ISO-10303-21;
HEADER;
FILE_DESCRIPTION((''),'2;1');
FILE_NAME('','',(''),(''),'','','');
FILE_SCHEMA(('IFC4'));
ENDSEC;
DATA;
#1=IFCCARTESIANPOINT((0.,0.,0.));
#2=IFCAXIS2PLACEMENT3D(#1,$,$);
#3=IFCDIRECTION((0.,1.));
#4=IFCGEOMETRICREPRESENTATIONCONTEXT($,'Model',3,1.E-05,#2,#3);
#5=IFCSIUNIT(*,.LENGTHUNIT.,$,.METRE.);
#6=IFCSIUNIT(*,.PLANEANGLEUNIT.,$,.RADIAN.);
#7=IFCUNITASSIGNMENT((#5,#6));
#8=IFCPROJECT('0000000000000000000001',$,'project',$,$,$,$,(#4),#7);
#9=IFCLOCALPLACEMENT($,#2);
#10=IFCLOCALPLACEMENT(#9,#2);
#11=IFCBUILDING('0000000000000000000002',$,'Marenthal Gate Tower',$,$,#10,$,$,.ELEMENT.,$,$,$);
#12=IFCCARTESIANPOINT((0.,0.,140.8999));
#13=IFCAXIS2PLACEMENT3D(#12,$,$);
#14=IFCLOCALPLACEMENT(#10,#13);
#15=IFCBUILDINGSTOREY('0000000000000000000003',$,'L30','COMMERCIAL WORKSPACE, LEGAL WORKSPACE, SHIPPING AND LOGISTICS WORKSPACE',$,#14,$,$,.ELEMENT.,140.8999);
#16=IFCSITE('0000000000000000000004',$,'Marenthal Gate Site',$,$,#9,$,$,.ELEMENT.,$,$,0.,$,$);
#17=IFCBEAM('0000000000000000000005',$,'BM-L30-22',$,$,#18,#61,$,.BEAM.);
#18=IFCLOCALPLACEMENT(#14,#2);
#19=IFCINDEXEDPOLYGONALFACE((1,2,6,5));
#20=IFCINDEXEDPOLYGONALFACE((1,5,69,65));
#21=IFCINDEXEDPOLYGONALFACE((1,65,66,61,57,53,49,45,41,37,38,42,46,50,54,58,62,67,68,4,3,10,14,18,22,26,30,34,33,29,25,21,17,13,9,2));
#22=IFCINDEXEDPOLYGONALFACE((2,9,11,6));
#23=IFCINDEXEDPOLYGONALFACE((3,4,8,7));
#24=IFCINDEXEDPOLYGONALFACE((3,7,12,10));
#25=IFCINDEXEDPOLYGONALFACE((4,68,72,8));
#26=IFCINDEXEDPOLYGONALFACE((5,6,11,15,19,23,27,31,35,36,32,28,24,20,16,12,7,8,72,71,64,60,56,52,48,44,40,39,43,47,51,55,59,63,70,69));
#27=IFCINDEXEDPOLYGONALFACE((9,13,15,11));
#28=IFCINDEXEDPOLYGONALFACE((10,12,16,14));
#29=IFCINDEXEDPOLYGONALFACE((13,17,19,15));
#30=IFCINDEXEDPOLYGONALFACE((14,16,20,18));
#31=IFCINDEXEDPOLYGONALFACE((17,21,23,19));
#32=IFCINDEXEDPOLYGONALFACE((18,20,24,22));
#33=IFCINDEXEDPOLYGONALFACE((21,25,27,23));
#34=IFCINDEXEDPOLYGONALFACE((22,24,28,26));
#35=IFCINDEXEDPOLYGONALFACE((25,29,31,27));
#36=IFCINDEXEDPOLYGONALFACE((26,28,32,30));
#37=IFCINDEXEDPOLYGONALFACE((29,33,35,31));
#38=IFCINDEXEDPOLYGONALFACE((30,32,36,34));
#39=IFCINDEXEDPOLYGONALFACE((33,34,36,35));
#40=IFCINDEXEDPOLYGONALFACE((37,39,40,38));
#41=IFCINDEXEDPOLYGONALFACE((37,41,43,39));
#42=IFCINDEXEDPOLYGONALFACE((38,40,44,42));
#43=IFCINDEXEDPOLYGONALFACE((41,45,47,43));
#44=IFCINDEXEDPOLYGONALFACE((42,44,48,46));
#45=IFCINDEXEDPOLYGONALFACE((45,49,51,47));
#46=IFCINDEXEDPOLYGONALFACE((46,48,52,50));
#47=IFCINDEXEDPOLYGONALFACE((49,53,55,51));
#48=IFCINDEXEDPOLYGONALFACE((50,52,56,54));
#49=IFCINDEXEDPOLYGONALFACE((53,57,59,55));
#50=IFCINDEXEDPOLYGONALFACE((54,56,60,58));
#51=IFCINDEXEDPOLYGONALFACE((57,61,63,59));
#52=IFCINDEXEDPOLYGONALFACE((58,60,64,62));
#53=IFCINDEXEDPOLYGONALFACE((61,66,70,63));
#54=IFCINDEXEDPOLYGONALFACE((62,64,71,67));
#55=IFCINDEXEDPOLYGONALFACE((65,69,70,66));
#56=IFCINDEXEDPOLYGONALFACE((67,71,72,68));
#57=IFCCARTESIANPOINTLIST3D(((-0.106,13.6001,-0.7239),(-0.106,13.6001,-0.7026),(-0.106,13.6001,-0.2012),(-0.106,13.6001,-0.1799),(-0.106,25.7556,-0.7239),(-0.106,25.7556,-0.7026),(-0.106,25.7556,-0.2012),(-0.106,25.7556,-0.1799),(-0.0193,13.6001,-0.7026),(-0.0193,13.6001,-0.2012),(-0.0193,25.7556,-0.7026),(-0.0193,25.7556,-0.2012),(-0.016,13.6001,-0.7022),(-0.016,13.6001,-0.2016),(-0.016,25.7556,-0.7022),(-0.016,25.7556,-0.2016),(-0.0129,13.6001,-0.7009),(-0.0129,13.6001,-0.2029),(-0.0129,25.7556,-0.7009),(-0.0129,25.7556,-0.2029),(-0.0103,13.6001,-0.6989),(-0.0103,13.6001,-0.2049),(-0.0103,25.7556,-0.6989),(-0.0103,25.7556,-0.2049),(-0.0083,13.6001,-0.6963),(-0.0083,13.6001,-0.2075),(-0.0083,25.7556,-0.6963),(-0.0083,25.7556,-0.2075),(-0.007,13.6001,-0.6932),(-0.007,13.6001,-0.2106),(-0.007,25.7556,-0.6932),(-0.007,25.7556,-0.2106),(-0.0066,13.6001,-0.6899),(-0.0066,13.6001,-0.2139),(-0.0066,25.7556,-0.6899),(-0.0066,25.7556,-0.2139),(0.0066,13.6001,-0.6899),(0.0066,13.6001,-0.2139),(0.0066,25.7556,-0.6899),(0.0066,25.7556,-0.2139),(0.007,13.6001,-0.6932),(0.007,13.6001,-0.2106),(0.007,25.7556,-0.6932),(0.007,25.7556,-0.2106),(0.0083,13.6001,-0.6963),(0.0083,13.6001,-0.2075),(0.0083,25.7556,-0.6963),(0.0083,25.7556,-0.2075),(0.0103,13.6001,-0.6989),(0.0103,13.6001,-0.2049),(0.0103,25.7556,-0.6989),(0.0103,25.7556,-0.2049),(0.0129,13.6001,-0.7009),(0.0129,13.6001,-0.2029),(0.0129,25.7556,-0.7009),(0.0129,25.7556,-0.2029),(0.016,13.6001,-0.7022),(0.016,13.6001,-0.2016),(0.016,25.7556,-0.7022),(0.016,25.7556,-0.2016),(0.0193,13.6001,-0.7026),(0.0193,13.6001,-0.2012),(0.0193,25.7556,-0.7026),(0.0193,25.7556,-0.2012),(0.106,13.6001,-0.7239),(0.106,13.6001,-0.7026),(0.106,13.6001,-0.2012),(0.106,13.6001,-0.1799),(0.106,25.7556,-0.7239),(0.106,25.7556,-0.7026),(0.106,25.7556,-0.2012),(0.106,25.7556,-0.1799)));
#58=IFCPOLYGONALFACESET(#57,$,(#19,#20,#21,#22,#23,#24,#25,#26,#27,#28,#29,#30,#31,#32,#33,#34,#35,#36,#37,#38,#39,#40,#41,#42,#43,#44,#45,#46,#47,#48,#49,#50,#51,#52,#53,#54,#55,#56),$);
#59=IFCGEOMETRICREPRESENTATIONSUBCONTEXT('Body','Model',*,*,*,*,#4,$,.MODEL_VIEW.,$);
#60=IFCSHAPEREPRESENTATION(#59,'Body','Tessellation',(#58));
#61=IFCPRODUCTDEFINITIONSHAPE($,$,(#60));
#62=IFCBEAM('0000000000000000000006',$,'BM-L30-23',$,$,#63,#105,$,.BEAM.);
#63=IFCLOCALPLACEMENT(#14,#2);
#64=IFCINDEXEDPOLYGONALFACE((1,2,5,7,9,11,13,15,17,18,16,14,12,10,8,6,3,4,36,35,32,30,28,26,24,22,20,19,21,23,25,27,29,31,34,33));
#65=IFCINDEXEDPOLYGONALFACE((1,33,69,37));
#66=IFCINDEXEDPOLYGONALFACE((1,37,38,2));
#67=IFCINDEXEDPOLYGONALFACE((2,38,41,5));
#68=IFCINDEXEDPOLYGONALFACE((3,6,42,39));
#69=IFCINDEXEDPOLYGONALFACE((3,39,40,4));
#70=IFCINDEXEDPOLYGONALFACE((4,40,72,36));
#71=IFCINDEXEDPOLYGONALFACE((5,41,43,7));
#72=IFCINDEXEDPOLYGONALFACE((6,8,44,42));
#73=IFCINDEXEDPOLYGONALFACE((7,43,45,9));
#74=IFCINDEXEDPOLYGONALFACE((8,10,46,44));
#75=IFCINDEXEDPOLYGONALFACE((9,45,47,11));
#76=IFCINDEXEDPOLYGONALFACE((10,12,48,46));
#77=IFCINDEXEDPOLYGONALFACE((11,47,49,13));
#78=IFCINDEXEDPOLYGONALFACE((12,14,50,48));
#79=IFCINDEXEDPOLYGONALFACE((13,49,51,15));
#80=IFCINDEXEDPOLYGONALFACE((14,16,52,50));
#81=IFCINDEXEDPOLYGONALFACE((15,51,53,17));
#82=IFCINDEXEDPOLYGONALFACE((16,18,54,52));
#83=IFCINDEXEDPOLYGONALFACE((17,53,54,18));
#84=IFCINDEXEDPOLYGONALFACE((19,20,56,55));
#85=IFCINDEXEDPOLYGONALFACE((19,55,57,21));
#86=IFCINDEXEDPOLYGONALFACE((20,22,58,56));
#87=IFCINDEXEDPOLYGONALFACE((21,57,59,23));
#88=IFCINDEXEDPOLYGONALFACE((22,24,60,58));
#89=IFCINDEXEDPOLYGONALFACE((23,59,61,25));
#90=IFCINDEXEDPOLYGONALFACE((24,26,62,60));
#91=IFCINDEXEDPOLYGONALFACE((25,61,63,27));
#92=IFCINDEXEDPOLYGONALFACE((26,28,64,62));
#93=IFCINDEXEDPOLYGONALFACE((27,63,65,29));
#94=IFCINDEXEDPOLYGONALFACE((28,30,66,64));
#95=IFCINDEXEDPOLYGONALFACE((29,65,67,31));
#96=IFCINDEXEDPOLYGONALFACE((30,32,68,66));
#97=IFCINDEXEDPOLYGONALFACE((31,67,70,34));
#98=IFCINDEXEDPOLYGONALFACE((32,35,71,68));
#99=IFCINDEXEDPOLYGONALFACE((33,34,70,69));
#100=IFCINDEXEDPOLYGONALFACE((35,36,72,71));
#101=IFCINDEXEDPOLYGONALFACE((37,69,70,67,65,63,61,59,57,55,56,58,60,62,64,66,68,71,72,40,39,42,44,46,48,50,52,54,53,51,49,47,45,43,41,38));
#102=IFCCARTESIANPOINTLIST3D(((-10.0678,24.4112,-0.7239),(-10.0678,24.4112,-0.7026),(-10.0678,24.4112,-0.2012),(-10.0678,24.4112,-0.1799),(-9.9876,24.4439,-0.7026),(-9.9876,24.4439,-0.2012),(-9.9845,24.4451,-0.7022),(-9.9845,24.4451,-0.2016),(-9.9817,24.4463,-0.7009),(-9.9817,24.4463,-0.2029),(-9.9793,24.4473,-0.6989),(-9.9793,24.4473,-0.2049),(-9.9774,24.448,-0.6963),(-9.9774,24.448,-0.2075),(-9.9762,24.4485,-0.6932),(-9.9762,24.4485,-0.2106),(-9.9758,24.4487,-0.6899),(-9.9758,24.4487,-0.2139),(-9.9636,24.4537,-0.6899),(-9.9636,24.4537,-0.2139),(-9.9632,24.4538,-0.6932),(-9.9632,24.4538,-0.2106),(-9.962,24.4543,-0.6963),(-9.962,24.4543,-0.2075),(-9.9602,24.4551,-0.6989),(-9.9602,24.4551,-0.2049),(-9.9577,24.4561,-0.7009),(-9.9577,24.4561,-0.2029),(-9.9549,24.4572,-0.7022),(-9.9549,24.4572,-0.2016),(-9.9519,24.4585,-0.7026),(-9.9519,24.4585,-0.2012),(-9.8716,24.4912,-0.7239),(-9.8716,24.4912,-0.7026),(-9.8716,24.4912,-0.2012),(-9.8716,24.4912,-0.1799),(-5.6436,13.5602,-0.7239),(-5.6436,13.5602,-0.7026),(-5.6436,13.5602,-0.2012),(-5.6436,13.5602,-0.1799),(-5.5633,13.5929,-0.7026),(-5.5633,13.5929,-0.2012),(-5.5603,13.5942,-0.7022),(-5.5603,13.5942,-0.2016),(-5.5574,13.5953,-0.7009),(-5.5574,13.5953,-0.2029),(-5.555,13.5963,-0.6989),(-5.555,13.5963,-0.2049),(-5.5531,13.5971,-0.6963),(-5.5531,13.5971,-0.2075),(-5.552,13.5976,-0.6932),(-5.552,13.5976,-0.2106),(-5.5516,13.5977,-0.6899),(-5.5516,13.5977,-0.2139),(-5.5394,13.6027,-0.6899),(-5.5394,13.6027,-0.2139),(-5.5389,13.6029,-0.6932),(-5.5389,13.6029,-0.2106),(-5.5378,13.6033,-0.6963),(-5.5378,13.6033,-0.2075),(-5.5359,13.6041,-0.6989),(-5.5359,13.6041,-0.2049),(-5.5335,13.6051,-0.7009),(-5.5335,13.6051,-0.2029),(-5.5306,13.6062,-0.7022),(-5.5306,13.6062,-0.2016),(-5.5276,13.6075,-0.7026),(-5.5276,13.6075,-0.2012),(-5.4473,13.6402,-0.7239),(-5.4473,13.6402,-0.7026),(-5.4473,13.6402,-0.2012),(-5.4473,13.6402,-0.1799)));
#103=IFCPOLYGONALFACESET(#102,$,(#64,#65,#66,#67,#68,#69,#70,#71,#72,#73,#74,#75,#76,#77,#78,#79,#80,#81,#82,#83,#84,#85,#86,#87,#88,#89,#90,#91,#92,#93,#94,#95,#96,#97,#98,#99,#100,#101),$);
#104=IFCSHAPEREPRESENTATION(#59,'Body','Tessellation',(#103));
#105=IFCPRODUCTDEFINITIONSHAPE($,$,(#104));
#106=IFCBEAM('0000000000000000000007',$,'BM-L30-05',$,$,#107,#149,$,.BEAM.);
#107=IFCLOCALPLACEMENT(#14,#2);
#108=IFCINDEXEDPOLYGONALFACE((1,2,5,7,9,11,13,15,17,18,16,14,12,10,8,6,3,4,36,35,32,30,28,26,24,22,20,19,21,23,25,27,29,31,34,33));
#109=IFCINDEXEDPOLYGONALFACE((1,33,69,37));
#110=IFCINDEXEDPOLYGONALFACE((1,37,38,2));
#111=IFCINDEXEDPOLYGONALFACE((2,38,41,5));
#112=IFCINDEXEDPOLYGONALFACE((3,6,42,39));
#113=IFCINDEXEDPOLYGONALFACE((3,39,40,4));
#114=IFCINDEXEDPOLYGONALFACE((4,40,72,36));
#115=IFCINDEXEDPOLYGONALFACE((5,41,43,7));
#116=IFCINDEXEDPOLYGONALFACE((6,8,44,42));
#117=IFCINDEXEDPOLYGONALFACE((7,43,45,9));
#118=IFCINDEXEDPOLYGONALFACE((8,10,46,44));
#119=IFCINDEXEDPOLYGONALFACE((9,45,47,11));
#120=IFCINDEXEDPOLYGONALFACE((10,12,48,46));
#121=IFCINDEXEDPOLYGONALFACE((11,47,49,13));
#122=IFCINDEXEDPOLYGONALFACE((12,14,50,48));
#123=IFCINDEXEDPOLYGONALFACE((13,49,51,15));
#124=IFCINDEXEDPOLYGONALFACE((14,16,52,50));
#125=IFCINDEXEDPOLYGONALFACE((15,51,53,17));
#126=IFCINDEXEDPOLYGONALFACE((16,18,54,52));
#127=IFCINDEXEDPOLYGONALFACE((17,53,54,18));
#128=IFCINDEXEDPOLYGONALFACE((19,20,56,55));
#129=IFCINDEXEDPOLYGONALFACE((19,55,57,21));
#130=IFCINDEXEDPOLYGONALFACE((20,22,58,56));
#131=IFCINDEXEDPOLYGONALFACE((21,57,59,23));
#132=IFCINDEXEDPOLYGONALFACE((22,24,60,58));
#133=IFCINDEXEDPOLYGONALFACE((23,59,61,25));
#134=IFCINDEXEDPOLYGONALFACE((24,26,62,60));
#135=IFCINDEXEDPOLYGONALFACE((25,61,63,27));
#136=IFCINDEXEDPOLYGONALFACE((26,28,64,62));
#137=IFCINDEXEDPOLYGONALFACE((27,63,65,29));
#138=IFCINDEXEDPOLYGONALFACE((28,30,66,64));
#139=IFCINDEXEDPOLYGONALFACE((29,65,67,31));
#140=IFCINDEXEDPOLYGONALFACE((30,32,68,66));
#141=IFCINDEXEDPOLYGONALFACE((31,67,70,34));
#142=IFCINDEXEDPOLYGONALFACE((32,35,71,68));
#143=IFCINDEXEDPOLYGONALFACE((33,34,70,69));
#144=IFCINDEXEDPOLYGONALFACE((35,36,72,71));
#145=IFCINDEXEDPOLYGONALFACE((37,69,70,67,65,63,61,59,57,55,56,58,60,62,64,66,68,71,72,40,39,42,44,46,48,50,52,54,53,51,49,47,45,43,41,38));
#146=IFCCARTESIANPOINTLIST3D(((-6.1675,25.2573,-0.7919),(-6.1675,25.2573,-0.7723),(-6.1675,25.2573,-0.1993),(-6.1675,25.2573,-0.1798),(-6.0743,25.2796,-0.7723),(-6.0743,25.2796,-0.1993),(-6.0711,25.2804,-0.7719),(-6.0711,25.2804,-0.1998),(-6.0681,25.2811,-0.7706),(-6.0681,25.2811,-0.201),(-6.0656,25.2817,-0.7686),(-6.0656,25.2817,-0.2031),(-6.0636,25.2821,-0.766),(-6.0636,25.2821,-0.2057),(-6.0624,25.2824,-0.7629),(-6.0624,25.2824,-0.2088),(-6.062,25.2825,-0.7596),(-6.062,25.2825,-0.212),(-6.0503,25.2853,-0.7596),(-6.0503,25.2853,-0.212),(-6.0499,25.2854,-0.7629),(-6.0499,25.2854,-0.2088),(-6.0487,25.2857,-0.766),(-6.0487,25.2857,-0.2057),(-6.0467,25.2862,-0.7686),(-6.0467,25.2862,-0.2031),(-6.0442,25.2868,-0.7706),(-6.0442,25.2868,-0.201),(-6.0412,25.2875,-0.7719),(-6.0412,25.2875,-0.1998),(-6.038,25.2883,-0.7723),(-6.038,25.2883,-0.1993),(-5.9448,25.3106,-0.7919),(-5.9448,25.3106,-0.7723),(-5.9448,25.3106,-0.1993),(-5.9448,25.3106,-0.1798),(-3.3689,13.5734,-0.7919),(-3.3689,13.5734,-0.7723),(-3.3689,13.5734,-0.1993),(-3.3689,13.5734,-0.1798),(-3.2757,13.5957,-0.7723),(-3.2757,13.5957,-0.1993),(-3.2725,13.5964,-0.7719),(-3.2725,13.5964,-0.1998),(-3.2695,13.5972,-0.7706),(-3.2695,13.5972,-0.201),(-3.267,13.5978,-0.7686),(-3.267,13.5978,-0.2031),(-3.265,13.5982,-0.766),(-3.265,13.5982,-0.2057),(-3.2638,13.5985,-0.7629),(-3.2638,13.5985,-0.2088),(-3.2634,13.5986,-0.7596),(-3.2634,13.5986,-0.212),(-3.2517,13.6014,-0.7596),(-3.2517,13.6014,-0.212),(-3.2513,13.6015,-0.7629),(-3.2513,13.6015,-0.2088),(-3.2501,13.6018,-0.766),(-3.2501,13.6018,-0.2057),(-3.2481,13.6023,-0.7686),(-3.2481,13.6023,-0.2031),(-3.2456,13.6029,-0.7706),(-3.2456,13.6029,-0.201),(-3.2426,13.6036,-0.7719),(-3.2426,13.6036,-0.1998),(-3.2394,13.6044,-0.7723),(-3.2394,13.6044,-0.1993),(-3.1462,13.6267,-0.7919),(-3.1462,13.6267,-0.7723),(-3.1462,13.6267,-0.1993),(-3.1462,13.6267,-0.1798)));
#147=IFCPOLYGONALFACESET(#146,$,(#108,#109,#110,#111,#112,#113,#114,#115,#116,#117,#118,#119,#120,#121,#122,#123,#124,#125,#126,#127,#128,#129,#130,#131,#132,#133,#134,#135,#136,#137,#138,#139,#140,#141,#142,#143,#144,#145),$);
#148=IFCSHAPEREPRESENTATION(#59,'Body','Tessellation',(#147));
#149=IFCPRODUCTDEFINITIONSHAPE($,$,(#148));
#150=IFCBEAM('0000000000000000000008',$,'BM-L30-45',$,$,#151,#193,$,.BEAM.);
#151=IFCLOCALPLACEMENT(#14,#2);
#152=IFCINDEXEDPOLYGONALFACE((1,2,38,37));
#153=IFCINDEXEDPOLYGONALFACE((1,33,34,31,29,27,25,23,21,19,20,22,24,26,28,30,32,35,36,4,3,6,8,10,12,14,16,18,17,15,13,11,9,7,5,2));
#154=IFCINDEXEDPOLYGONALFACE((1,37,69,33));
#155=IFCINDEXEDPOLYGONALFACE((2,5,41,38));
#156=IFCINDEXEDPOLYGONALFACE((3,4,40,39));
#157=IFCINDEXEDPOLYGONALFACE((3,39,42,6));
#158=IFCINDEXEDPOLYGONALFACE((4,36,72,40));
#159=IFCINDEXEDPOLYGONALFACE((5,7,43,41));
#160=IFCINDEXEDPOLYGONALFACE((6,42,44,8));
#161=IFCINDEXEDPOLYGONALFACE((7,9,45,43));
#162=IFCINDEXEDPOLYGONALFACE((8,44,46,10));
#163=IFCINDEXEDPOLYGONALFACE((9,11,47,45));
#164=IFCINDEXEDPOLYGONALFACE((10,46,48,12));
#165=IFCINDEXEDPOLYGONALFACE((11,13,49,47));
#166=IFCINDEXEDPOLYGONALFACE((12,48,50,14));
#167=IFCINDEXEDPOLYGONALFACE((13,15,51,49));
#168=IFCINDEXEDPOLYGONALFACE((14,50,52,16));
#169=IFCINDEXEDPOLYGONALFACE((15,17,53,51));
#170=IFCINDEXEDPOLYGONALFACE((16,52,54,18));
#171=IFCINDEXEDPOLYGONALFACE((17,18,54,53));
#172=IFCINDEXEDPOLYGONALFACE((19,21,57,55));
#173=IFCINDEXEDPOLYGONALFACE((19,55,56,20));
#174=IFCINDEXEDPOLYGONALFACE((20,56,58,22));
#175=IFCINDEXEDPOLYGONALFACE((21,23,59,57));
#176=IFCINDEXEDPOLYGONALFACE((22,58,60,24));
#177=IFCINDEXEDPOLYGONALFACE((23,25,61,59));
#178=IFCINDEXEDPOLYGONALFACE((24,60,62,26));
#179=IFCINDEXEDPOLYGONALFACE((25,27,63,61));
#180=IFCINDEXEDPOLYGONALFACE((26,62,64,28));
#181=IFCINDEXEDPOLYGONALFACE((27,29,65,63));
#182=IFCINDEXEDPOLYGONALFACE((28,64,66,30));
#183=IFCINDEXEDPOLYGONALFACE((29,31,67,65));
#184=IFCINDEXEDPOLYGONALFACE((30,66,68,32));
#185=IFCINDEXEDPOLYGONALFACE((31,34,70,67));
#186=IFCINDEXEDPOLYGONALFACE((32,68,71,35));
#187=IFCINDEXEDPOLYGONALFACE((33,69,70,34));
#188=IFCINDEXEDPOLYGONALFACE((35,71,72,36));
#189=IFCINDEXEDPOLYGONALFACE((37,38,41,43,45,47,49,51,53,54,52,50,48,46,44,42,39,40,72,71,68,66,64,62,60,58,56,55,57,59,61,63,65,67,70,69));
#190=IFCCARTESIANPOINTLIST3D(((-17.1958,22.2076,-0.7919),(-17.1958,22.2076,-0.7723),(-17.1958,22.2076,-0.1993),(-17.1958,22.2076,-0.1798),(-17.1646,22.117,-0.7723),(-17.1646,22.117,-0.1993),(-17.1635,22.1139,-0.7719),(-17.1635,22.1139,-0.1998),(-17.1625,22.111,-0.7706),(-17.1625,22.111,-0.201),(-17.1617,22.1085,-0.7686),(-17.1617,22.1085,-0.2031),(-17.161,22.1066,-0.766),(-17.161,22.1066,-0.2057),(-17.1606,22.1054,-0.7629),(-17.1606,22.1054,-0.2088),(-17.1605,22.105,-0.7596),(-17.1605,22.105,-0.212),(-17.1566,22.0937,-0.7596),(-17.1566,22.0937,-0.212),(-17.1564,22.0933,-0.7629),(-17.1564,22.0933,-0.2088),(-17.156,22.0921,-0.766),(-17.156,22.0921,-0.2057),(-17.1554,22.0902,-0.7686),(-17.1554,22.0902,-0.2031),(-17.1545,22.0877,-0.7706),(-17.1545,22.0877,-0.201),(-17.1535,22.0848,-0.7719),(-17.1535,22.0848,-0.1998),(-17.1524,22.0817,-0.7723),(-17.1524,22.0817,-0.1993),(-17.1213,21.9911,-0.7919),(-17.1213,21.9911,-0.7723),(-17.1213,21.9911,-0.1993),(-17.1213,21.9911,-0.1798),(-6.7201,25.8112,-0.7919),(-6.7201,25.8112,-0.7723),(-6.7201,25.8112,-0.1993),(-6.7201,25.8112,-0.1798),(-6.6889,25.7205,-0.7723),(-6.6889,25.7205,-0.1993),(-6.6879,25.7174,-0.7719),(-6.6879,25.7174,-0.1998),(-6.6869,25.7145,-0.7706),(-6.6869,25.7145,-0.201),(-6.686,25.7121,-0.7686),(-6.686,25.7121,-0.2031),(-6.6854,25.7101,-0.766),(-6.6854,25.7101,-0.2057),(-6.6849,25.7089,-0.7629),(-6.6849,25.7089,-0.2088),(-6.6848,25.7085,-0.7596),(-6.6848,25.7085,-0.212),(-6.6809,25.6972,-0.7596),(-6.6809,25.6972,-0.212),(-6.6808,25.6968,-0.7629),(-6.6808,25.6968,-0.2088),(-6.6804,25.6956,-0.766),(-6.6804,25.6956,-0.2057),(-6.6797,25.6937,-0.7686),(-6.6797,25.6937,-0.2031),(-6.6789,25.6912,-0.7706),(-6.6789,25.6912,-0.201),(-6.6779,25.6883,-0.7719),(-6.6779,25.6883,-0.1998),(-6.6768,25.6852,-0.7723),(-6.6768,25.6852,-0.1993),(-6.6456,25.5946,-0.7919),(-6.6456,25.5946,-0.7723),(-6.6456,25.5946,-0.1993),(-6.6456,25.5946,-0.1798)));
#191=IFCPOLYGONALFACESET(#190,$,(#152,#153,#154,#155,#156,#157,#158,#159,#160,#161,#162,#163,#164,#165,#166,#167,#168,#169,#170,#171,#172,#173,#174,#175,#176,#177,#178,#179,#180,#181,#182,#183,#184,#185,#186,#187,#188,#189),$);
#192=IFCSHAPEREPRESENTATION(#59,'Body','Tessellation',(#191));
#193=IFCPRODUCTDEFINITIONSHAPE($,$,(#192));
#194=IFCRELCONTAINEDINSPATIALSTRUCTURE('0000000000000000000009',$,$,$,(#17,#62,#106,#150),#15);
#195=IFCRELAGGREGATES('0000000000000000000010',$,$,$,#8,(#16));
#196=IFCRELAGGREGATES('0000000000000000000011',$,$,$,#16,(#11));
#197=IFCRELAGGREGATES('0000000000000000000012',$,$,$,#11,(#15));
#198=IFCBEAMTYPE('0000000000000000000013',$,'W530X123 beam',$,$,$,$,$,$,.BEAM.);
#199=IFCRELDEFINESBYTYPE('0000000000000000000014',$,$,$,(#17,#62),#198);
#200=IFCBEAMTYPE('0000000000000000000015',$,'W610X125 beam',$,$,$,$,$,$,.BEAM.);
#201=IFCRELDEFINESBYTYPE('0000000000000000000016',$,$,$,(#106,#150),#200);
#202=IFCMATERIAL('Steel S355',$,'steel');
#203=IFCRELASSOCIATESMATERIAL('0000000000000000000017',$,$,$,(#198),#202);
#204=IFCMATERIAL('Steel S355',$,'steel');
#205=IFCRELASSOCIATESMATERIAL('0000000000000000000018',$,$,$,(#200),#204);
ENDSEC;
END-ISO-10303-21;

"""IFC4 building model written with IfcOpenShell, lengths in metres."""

from ifc_helpers import new_model, si_unit, direction, frame, origin, origin_2d, place, context, subcontext, project, spatial, i_section, extrude, material, material_profile, profile_set, type_object, element, save


model = new_model("IFC4")

# Units and contexts
model_context = context("Model", 3, precision=1e-05, world=origin(), true_north=direction((0.0, 1.0)))
body_context = subcontext(model_context, "Body", "Model", "MODEL_VIEW")
ifc_project = project(units=[si_unit("LENGTHUNIT", "METRE"), si_unit("PLANEANGLEUNIT", "RADIAN")], contexts=[model_context])

# Site, building, storey
site_placement = place(None, origin())
site = spatial("IfcSite", under=ifc_project, at=site_placement, Name="Marenthal Gate Site", CompositionType="ELEMENT", RefElevation=0.0)
building_placement = place(site_placement, origin())
building = spatial("IfcBuilding", under=site, at=building_placement, Name="Marenthal Gate Tower", CompositionType="ELEMENT")
storey_placement = place(building_placement, frame((0.0, 0.0, 140.8999)))
storey = spatial("IfcBuildingStorey", under=building, at=storey_placement, Name="L30", Description="COMMERCIAL WORKSPACE, LEGAL WORKSPACE, SHIPPING AND LOGISTICS WORKSPACE", CompositionType="ELEMENT", Elevation=140.8999)

# Beams
ifc_material_1 = material(Name="Steel S355", Category="steel")
ifc_material_profile_1 = material_profile(ifc_material_1, i_section(OverallWidth=0.2119, OverallDepth=0.5439, WebThickness=0.0132, FlangeThickness=0.0212, FilletRadius=0.0127, at=origin_2d()), Name="W530X123")
ifc_profile_set_1 = profile_set([ifc_material_profile_1], Name="Steel S355")
beam_type_1 = type_object("IfcBeamType", Name="W530X123 beam", PredefinedType="BEAM", material=ifc_profile_set_1)
beam_1_placement = place(storey_placement, frame((0.0, 25.7556, -0.4519), z_axis=(0.0, -1.0, 0.0), x_axis=(1.0, 0.0, 0.0)))
element("IfcBeam", 1, at=beam_1_placement, inside=storey, type_object=beam_type_1, Name="BM-L30-22", PredefinedType="BEAM", context=body_context, shape_type="SweptSolid", body=[
    extrude(i_section(OverallWidth=0.2119, OverallDepth=0.5439, WebThickness=0.0132, FlangeThickness=0.0212, FilletRadius=0.0127, at=origin_2d()), origin(), (0.0, 0.0, 1.0), 12.1555),
])
beam_2_placement = place(storey_placement, frame((-9.9697, 24.4512, -0.4519), z_axis=(0.377554, -0.925988, 0.0), x_axis=(0.925988, 0.377554, 0.0)))
element("IfcBeam", 2, at=beam_2_placement, inside=storey, type_object=beam_type_1, Name="BM-L30-23", PredefinedType="BEAM", context=body_context, shape_type="SweptSolid", body=[
    extrude(i_section(OverallWidth=0.2119, OverallDepth=0.5439, WebThickness=0.0132, FlangeThickness=0.0212, FilletRadius=0.0127, at=origin_2d()), origin(), (0.0, 0.0, 1.0), 11.7183),
])
ifc_material_2 = material(Name="Steel S355", Category="steel")
ifc_material_profile_2 = material_profile(ifc_material_2, i_section(OverallWidth=0.229, OverallDepth=0.6121, WebThickness=0.012, FlangeThickness=0.0195, FilletRadius=0.0127, at=origin_2d()), Name="W610X125")
ifc_profile_set_2 = profile_set([ifc_material_profile_2], Name="Steel S355")
beam_type_2 = type_object("IfcBeamType", Name="W610X125 beam", PredefinedType="BEAM", material=ifc_profile_set_2)
beam_3_placement = place(storey_placement, frame((-6.0562, 25.2839, -0.4858), z_axis=(0.232937, -0.972492, 0.0), x_axis=(0.972492, 0.232937, 0.0)))
element("IfcBeam", 3, at=beam_3_placement, inside=storey, type_object=beam_type_2, Name="BM-L30-05", PredefinedType="BEAM", context=body_context, shape_type="SweptSolid", body=[
    extrude(i_section(OverallWidth=0.229, OverallDepth=0.6121, WebThickness=0.012, FlangeThickness=0.0195, FilletRadius=0.0127, at=origin_2d()), origin(), (0.0, 0.0, 1.0), 12.0144),
])
beam_4_placement = place(storey_placement, frame((-6.6829, 25.7029, -0.4858), z_axis=(-0.945616, -0.325284, 0.0), x_axis=(0.325284, -0.945616, 0.0)))
element("IfcBeam", 4, at=beam_4_placement, inside=storey, type_object=beam_type_2, Name="BM-L30-45", PredefinedType="BEAM", context=body_context, shape_type="SweptSolid", body=[
    extrude(i_section(OverallWidth=0.229, OverallDepth=0.6121, WebThickness=0.012, FlangeThickness=0.0195, FilletRadius=0.0127, at=origin_2d()), origin(), (0.0, 0.0, 1.0), 11.0781),
])

save(model, "model.ifc")
